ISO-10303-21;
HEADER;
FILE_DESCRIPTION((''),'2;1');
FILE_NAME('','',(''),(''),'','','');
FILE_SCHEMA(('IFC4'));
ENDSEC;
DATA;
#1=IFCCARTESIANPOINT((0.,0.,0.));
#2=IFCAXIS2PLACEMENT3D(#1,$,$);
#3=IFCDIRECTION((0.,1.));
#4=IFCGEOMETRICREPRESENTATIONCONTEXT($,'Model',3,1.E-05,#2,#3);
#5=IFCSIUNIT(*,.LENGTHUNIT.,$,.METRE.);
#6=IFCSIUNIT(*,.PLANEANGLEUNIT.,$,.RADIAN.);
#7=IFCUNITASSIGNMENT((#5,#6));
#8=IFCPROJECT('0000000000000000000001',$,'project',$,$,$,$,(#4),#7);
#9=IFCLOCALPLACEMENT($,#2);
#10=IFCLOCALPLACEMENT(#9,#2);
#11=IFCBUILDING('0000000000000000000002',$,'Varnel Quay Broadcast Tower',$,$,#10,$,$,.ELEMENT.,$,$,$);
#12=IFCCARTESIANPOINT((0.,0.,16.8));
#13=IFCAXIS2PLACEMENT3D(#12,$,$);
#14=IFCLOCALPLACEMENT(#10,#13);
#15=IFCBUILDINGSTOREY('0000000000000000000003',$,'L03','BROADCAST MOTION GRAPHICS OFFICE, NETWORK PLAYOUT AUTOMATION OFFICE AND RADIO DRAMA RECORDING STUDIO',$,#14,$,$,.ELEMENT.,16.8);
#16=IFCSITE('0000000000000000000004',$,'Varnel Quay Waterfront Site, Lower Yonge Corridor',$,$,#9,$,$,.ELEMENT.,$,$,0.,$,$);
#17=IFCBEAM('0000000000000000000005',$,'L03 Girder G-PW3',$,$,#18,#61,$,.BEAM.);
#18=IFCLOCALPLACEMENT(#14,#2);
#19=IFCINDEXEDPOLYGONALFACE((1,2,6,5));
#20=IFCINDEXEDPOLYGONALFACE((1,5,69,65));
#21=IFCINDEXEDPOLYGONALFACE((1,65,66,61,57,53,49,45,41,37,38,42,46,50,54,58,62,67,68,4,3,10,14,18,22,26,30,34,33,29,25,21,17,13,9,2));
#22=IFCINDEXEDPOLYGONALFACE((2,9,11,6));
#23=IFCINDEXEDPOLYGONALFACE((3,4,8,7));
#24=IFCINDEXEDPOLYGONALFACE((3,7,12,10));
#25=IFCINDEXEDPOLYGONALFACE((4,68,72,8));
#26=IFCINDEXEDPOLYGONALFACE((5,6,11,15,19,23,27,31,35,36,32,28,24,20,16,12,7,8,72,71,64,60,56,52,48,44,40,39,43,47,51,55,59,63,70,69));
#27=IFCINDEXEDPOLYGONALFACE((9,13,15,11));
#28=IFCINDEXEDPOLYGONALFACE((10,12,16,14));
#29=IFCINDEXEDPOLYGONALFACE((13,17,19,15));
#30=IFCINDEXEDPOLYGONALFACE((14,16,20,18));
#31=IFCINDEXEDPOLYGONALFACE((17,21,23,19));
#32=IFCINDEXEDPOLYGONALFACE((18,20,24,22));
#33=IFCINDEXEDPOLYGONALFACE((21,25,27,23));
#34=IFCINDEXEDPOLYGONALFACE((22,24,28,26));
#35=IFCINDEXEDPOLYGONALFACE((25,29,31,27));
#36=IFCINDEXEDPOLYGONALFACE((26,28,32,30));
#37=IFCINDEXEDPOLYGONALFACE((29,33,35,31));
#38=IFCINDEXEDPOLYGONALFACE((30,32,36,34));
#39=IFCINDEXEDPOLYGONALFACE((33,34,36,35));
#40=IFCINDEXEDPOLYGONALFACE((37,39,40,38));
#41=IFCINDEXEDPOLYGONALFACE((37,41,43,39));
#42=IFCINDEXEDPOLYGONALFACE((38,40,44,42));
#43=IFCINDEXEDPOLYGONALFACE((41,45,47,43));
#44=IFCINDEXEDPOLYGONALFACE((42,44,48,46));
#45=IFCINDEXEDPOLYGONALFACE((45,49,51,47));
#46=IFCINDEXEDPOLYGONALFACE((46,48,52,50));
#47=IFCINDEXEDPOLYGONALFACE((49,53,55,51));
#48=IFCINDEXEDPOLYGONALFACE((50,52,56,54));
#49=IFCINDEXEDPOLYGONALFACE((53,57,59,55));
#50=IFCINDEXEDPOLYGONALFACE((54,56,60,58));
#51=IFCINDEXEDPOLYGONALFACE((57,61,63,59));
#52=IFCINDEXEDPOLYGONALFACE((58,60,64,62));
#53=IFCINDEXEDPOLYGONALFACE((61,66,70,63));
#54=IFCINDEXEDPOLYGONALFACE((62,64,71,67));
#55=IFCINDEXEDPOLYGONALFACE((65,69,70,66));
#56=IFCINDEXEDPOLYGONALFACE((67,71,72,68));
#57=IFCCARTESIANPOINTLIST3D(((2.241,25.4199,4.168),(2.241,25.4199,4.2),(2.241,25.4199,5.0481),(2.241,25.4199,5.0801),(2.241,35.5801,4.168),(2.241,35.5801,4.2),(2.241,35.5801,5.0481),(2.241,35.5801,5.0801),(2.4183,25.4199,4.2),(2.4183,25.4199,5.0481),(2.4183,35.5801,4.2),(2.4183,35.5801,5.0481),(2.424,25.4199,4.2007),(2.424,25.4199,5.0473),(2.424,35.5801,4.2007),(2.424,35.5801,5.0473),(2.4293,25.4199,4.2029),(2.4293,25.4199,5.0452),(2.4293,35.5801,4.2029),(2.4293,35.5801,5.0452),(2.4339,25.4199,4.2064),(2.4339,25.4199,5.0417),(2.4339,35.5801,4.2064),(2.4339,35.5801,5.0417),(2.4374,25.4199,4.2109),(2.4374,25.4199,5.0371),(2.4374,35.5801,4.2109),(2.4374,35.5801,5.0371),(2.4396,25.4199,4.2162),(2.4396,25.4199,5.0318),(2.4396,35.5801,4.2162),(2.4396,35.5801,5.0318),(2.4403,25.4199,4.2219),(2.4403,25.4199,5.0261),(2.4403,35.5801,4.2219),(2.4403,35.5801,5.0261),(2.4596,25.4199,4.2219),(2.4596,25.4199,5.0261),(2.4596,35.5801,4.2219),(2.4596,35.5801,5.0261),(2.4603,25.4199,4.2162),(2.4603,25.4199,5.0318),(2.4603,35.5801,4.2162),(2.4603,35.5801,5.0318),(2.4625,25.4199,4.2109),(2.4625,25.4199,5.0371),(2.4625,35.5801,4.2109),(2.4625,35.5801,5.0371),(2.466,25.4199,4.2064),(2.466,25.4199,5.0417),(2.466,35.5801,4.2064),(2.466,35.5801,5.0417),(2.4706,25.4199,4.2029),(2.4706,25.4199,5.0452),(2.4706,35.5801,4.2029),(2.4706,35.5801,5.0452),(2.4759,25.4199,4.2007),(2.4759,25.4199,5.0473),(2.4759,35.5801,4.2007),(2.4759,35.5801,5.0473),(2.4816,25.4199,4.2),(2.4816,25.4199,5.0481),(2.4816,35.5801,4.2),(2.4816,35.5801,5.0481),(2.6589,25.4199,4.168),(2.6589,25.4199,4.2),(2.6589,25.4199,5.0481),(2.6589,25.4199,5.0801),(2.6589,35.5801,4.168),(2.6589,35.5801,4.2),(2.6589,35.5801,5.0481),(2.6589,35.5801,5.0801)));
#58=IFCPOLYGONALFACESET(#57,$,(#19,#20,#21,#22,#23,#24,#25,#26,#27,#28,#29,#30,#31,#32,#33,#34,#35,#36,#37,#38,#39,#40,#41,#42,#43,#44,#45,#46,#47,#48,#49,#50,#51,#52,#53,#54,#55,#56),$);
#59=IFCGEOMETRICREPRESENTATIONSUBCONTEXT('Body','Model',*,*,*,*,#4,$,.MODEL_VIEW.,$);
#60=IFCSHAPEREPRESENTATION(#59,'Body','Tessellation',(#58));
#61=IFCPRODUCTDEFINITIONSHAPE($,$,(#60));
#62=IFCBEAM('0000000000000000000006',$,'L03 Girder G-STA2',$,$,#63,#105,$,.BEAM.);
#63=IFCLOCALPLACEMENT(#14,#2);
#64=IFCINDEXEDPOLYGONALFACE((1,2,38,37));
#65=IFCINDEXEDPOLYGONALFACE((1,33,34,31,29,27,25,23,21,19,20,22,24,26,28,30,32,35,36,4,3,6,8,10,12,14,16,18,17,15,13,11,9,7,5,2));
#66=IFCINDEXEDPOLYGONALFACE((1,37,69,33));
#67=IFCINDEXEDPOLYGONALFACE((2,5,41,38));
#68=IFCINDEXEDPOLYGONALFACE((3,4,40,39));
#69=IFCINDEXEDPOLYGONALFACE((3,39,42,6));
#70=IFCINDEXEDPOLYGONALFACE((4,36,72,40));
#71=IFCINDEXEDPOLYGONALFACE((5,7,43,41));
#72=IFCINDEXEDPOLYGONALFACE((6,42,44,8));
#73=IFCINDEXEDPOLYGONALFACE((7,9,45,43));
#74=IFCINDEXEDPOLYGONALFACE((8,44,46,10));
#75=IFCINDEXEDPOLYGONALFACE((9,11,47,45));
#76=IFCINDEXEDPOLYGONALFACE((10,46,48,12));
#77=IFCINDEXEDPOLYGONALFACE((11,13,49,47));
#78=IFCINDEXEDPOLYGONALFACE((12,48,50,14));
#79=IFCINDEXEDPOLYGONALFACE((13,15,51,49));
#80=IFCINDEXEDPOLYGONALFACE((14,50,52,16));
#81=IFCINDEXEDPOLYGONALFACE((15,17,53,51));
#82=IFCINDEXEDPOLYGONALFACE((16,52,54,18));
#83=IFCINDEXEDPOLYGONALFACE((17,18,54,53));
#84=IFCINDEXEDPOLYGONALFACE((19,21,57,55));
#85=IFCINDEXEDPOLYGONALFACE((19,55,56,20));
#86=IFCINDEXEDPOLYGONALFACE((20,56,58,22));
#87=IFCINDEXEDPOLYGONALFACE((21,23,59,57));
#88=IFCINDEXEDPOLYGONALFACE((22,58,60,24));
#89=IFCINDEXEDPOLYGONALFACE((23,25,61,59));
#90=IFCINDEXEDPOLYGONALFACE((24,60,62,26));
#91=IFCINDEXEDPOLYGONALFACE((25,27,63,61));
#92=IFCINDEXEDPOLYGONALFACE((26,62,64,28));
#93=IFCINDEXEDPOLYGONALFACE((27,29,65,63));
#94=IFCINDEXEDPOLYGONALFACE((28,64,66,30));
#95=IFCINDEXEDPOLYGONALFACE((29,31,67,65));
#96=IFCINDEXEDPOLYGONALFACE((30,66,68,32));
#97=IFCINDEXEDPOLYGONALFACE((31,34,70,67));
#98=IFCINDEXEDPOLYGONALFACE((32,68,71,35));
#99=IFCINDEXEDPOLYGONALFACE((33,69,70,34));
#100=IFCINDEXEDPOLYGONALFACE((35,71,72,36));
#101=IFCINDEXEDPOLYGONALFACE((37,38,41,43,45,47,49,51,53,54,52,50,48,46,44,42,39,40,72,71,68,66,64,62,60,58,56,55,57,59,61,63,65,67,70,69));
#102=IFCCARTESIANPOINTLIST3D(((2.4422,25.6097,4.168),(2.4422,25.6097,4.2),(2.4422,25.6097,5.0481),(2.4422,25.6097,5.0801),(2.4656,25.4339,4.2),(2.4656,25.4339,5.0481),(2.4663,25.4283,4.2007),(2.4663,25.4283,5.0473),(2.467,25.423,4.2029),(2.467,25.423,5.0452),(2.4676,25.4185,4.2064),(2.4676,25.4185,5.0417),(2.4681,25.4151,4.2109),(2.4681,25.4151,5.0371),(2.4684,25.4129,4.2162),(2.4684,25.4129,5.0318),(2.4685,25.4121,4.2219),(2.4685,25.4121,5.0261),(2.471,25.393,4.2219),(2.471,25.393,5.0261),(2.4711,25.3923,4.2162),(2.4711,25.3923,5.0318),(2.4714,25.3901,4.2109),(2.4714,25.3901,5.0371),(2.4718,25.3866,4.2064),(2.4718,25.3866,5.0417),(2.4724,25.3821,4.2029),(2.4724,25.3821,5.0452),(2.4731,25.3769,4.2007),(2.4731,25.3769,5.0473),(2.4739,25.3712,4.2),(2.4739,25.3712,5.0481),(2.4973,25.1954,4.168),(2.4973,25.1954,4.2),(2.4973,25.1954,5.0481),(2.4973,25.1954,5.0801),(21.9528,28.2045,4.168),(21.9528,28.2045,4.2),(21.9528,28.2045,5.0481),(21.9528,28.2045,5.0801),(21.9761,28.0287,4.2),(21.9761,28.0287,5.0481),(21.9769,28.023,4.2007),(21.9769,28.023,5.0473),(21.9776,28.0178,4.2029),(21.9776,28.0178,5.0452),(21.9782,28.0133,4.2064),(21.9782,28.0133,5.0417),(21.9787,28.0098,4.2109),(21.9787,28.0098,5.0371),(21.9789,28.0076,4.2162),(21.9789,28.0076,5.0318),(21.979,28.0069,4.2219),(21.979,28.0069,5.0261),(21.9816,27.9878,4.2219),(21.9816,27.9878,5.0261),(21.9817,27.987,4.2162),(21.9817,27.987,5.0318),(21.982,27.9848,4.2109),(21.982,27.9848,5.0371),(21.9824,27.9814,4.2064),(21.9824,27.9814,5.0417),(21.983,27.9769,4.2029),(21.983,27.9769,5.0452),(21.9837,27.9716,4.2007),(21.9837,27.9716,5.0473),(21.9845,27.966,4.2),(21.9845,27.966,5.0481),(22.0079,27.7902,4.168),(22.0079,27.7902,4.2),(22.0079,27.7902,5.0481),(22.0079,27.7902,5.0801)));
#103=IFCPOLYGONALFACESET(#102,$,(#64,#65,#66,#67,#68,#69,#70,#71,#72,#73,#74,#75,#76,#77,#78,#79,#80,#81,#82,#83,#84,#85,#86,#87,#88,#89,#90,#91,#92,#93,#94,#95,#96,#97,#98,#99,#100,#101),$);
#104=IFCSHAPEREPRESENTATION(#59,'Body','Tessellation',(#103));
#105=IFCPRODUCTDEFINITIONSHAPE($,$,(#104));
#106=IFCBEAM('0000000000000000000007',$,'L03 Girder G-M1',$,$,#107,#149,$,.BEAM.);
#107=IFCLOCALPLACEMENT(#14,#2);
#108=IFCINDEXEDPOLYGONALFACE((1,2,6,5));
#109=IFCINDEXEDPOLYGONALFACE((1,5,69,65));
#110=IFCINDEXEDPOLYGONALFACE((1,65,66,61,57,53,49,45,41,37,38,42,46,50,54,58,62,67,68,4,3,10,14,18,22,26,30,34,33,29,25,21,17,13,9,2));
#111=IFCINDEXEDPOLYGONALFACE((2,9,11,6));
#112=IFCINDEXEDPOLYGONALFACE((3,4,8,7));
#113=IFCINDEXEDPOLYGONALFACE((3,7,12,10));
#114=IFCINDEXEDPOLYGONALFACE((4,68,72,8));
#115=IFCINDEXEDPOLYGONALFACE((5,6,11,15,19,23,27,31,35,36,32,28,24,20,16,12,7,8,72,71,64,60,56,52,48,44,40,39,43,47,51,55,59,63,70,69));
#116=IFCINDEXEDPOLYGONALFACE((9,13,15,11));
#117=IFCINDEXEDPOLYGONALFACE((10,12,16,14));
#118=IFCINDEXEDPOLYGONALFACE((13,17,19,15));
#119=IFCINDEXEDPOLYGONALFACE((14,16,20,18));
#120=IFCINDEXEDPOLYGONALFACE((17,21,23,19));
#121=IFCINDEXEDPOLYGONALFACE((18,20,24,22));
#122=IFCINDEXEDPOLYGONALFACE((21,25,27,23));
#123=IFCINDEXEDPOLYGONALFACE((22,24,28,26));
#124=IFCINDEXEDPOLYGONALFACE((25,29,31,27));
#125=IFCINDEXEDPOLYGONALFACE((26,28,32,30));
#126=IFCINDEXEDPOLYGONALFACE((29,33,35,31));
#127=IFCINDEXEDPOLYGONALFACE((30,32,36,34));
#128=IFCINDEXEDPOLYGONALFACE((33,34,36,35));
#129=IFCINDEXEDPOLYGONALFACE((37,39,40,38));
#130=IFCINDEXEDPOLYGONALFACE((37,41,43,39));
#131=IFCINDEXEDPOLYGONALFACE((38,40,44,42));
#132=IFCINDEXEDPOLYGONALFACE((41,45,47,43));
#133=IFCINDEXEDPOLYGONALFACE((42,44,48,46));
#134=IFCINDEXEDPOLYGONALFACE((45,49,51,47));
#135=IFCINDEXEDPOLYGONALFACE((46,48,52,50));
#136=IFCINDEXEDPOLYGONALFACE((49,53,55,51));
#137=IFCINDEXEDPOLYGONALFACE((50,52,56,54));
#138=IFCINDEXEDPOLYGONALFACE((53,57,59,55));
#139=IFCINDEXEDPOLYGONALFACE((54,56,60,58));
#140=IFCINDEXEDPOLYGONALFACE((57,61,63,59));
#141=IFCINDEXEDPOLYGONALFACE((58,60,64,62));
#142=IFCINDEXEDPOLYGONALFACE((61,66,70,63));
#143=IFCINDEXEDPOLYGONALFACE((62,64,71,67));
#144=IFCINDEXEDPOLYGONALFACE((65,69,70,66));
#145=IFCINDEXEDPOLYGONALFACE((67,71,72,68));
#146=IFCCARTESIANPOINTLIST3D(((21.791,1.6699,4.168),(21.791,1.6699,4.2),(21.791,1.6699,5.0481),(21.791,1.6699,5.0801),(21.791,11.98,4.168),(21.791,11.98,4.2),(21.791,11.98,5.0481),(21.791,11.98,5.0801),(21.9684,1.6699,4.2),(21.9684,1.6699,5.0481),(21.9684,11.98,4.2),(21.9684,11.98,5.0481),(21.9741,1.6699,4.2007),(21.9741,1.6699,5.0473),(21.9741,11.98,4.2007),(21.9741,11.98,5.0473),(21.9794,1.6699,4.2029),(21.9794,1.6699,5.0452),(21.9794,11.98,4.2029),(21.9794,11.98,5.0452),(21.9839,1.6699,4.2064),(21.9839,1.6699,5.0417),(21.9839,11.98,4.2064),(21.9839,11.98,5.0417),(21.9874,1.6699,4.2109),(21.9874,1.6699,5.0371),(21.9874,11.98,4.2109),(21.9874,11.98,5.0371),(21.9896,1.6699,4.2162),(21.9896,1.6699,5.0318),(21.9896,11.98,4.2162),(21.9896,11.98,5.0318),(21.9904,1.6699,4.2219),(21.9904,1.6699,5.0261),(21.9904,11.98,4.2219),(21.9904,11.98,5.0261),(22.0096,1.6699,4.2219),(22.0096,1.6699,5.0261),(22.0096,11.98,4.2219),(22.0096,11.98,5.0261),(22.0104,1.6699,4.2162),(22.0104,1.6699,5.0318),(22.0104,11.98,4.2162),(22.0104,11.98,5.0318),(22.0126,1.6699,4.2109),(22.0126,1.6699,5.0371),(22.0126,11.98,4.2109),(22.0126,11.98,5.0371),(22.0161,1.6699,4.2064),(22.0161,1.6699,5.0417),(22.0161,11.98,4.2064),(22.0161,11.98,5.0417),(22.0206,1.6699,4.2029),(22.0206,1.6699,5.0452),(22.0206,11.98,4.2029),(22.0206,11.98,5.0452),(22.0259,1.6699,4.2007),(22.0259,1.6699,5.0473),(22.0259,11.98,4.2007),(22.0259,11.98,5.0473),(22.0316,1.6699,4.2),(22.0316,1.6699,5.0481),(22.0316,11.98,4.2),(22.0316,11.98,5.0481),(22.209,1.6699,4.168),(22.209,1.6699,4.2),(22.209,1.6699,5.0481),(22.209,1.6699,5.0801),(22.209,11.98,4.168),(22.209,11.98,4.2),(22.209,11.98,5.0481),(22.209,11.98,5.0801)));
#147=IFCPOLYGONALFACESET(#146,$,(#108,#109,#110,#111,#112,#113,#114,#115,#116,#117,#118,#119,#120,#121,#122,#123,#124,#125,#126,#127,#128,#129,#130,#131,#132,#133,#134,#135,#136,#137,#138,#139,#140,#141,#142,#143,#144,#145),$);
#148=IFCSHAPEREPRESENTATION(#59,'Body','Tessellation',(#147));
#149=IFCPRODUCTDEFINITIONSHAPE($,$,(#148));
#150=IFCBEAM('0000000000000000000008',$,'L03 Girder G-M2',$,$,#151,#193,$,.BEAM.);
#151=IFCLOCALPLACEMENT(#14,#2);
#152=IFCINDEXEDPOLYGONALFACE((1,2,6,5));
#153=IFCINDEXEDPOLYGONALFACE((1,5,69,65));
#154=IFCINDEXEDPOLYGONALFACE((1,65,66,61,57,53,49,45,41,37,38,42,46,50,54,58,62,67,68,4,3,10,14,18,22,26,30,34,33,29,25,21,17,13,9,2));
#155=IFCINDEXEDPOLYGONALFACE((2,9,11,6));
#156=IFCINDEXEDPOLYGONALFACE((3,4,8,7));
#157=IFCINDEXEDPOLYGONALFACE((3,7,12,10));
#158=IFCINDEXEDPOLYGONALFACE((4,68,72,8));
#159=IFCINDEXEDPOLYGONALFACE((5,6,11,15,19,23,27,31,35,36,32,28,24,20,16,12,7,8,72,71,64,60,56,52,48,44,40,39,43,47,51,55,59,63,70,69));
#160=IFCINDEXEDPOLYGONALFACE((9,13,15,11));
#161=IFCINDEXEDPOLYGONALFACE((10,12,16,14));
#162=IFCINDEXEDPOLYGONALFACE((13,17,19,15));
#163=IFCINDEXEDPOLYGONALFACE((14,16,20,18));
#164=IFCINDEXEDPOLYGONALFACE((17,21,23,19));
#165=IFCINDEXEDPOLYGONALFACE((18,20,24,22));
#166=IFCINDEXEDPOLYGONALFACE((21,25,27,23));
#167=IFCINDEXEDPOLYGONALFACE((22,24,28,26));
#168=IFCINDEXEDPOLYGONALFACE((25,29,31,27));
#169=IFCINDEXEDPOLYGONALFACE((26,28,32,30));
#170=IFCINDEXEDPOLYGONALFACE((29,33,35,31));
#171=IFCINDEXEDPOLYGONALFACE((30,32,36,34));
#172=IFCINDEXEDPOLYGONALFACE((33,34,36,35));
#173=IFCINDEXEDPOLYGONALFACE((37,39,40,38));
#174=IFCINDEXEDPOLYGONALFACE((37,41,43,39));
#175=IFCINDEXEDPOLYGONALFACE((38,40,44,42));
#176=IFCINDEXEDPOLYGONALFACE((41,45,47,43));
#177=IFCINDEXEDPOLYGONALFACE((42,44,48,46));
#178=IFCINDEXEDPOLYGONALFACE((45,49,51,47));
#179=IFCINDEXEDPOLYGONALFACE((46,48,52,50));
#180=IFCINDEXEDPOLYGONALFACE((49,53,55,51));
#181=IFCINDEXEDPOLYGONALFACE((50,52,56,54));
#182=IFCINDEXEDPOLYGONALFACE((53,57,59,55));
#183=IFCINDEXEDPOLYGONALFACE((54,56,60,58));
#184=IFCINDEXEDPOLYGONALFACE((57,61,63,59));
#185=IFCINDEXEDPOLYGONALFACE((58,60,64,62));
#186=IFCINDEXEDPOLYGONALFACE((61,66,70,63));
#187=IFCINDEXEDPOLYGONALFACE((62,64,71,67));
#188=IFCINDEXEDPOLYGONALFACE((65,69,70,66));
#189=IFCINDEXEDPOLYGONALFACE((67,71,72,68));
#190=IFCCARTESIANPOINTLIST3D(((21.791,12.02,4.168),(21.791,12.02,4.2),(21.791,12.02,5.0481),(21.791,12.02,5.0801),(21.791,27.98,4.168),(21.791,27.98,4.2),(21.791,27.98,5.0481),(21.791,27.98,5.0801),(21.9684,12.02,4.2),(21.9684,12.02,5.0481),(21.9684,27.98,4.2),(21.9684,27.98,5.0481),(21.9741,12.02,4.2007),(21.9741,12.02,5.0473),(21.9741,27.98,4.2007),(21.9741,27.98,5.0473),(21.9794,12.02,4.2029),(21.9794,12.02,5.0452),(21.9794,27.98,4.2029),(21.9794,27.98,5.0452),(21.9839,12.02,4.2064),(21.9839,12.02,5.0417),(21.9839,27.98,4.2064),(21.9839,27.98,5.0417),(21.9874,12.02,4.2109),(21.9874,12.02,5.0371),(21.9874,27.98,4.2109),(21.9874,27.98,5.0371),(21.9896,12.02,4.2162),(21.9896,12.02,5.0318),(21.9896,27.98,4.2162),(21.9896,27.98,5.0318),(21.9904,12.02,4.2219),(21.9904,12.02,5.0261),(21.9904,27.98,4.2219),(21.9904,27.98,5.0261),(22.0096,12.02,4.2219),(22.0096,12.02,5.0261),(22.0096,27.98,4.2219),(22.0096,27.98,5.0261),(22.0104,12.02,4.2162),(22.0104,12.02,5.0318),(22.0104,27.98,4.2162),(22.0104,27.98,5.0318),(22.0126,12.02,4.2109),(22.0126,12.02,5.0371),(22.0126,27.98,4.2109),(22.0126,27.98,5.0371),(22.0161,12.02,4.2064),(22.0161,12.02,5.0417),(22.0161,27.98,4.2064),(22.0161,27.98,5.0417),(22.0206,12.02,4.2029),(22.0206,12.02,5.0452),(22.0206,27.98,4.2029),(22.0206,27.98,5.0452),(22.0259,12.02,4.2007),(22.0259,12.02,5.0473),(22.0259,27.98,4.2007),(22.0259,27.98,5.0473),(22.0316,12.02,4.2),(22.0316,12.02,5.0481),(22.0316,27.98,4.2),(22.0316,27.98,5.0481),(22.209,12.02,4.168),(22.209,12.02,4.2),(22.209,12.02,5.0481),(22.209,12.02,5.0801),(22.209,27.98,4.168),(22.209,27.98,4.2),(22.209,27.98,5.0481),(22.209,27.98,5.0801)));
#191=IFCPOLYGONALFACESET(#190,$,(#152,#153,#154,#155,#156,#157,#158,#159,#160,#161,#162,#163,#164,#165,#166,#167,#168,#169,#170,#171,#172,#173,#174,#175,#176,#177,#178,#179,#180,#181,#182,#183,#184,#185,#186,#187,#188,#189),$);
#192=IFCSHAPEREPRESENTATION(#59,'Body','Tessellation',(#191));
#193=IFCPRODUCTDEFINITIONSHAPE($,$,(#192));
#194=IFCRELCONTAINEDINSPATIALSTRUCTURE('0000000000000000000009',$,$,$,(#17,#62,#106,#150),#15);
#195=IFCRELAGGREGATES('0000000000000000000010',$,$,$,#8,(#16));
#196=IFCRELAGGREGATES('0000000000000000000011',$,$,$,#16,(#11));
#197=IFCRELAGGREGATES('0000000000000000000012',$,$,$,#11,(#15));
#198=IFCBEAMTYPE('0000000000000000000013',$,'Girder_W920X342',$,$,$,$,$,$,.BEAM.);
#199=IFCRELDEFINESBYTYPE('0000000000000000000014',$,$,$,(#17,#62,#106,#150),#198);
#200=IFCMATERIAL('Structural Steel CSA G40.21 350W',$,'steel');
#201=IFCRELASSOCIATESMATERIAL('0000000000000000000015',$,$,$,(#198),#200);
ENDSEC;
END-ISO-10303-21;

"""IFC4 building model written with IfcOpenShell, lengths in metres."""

from ifc_helpers import new_model, si_unit, direction, frame, origin, origin_2d, place, context, subcontext, project, spatial, i_section, extrude, source, transform, mapped, material, material_profile, profile_set, type_object, element, save


model = new_model("IFC4")

# Units and contexts
model_context = context("Model", 3, precision=1e-05, world=origin(), true_north=direction((0.0, 1.0)))
body_context = subcontext(model_context, "Body", "Model", "MODEL_VIEW")
ifc_project = project(units=[si_unit("LENGTHUNIT", "METRE"), si_unit("PLANEANGLEUNIT", "RADIAN")], contexts=[model_context])

# Site, building, storey
site_placement = place(None, origin())
site = spatial("IfcSite", under=ifc_project, at=site_placement, Name="Varnel Quay Waterfront Site, Lower Yonge Corridor", CompositionType="ELEMENT", RefElevation=0.0)
building_placement = place(site_placement, origin())
building = spatial("IfcBuilding", under=site, at=building_placement, Name="Varnel Quay Broadcast Tower", CompositionType="ELEMENT")
storey_placement = place(building_placement, frame((0.0, 0.0, 16.8)))
storey = spatial("IfcBuildingStorey", under=building, at=storey_placement, Name="L03", Description="BROADCAST MOTION GRAPHICS OFFICE, NETWORK PLAYOUT AUTOMATION OFFICE AND RADIO DRAMA RECORDING STUDIO", CompositionType="ELEMENT", Elevation=16.8)

# Shared definitions
ifc_material_1 = material(Name="Structural Steel CSA G40.21 350W", Category="steel")

# Beams
ifc_material_profile_1 = material_profile(ifc_material_1, i_section(OverallWidth=0.418, OverallDepth=0.9121, WebThickness=0.0193, FlangeThickness=0.032, FilletRadius=0.022, at=origin_2d()), Name="W920X342")
ifc_profile_set_1 = profile_set([ifc_material_profile_1], Name="Structural Steel CSA G40.21 350W")
beam_type = type_object("IfcBeamType", Name="Girder_W920X342", PredefinedType="BEAM", material=ifc_profile_set_1)
shared_shape_1 = source(origin(), body_context, "Body", "SweptSolid", [
    extrude(i_section(OverallWidth=0.418, OverallDepth=0.9121, WebThickness=0.0193, FlangeThickness=0.032, FilletRadius=0.022, at=origin_2d()), origin(), (0.0, 0.0, 1.0), 10.1602),
])
beam_1_placement = place(storey_placement, frame((2.45, 25.4199, 4.624), z_axis=(0.0, 1.0, 0.0), x_axis=(-1.0, 0.0, 0.0)))
element("IfcBeam", 1, at=beam_1_placement, inside=storey, type_object=beam_type, Name="L03 Girder G-PW3", PredefinedType="BEAM", context=body_context, shape_type="MappedRepresentation", body=[
    mapped(shared_shape_1, transform((0.0, 0.0, 0.0), x_axis=(1.0, 0.0, 0.0), y_axis=(0.0, 1.0, 0.0), z_axis=(0.0, 0.0, 1.0), scale=1.0)),
])
shared_shape_2 = source(origin(), body_context, "Body", "SweptSolid", [
    extrude(i_section(OverallWidth=0.418, OverallDepth=0.9121, WebThickness=0.0193, FlangeThickness=0.032, FilletRadius=0.022, at=origin_2d()), origin(), (0.0, 0.0, 1.0), 19.6824),
])
beam_2_placement = place(storey_placement, frame((2.4697, 25.4026, 4.624), z_axis=(0.991272, 0.131831, 0.0), x_axis=(-0.131831, 0.991272, 0.0)))
element("IfcBeam", 2, at=beam_2_placement, inside=storey, type_object=beam_type, Name="L03 Girder G-STA2", PredefinedType="BEAM", context=body_context, shape_type="MappedRepresentation", body=[
    mapped(shared_shape_2, transform((0.0, 0.0, 0.0), x_axis=(1.0, 0.0, 0.0), y_axis=(0.0, 1.0, 0.0), z_axis=(0.0, 0.0, 1.0), scale=1.0)),
])
shared_shape_3 = source(origin(), body_context, "Body", "SweptSolid", [
    extrude(i_section(OverallWidth=0.418, OverallDepth=0.9121, WebThickness=0.0193, FlangeThickness=0.032, FilletRadius=0.022, at=origin_2d()), origin(), (0.0, 0.0, 1.0), 10.3101),
])
beam_3_placement = place(storey_placement, frame((22.0, 1.6699, 4.624), z_axis=(0.0, 1.0, 0.0), x_axis=(-1.0, 0.0, 0.0)))
element("IfcBeam", 3, at=beam_3_placement, inside=storey, type_object=beam_type, Name="L03 Girder G-M1", PredefinedType="BEAM", context=body_context, shape_type="MappedRepresentation", body=[
    mapped(shared_shape_3, transform((0.0, 0.0, 0.0), x_axis=(1.0, 0.0, 0.0), y_axis=(0.0, 1.0, 0.0), z_axis=(0.0, 0.0, 1.0), scale=1.0)),
])
shared_shape_4 = source(origin(), body_context, "Body", "SweptSolid", [
    extrude(i_section(OverallWidth=0.418, OverallDepth=0.9121, WebThickness=0.0193, FlangeThickness=0.032, FilletRadius=0.022, at=origin_2d()), origin(), (0.0, 0.0, 1.0), 15.96),
])
beam_4_placement = place(storey_placement, frame((22.0, 12.02, 4.624), z_axis=(0.0, 1.0, 0.0), x_axis=(-1.0, 0.0, 0.0)))
element("IfcBeam", 4, at=beam_4_placement, inside=storey, type_object=beam_type, Name="L03 Girder G-M2", PredefinedType="BEAM", context=body_context, shape_type="MappedRepresentation", body=[
    mapped(shared_shape_4, transform((0.0, 0.0, 0.0), x_axis=(1.0, 0.0, 0.0), y_axis=(0.0, 1.0, 0.0), z_axis=(0.0, 0.0, 1.0), scale=1.0)),
])

save(model, "model.ifc")
